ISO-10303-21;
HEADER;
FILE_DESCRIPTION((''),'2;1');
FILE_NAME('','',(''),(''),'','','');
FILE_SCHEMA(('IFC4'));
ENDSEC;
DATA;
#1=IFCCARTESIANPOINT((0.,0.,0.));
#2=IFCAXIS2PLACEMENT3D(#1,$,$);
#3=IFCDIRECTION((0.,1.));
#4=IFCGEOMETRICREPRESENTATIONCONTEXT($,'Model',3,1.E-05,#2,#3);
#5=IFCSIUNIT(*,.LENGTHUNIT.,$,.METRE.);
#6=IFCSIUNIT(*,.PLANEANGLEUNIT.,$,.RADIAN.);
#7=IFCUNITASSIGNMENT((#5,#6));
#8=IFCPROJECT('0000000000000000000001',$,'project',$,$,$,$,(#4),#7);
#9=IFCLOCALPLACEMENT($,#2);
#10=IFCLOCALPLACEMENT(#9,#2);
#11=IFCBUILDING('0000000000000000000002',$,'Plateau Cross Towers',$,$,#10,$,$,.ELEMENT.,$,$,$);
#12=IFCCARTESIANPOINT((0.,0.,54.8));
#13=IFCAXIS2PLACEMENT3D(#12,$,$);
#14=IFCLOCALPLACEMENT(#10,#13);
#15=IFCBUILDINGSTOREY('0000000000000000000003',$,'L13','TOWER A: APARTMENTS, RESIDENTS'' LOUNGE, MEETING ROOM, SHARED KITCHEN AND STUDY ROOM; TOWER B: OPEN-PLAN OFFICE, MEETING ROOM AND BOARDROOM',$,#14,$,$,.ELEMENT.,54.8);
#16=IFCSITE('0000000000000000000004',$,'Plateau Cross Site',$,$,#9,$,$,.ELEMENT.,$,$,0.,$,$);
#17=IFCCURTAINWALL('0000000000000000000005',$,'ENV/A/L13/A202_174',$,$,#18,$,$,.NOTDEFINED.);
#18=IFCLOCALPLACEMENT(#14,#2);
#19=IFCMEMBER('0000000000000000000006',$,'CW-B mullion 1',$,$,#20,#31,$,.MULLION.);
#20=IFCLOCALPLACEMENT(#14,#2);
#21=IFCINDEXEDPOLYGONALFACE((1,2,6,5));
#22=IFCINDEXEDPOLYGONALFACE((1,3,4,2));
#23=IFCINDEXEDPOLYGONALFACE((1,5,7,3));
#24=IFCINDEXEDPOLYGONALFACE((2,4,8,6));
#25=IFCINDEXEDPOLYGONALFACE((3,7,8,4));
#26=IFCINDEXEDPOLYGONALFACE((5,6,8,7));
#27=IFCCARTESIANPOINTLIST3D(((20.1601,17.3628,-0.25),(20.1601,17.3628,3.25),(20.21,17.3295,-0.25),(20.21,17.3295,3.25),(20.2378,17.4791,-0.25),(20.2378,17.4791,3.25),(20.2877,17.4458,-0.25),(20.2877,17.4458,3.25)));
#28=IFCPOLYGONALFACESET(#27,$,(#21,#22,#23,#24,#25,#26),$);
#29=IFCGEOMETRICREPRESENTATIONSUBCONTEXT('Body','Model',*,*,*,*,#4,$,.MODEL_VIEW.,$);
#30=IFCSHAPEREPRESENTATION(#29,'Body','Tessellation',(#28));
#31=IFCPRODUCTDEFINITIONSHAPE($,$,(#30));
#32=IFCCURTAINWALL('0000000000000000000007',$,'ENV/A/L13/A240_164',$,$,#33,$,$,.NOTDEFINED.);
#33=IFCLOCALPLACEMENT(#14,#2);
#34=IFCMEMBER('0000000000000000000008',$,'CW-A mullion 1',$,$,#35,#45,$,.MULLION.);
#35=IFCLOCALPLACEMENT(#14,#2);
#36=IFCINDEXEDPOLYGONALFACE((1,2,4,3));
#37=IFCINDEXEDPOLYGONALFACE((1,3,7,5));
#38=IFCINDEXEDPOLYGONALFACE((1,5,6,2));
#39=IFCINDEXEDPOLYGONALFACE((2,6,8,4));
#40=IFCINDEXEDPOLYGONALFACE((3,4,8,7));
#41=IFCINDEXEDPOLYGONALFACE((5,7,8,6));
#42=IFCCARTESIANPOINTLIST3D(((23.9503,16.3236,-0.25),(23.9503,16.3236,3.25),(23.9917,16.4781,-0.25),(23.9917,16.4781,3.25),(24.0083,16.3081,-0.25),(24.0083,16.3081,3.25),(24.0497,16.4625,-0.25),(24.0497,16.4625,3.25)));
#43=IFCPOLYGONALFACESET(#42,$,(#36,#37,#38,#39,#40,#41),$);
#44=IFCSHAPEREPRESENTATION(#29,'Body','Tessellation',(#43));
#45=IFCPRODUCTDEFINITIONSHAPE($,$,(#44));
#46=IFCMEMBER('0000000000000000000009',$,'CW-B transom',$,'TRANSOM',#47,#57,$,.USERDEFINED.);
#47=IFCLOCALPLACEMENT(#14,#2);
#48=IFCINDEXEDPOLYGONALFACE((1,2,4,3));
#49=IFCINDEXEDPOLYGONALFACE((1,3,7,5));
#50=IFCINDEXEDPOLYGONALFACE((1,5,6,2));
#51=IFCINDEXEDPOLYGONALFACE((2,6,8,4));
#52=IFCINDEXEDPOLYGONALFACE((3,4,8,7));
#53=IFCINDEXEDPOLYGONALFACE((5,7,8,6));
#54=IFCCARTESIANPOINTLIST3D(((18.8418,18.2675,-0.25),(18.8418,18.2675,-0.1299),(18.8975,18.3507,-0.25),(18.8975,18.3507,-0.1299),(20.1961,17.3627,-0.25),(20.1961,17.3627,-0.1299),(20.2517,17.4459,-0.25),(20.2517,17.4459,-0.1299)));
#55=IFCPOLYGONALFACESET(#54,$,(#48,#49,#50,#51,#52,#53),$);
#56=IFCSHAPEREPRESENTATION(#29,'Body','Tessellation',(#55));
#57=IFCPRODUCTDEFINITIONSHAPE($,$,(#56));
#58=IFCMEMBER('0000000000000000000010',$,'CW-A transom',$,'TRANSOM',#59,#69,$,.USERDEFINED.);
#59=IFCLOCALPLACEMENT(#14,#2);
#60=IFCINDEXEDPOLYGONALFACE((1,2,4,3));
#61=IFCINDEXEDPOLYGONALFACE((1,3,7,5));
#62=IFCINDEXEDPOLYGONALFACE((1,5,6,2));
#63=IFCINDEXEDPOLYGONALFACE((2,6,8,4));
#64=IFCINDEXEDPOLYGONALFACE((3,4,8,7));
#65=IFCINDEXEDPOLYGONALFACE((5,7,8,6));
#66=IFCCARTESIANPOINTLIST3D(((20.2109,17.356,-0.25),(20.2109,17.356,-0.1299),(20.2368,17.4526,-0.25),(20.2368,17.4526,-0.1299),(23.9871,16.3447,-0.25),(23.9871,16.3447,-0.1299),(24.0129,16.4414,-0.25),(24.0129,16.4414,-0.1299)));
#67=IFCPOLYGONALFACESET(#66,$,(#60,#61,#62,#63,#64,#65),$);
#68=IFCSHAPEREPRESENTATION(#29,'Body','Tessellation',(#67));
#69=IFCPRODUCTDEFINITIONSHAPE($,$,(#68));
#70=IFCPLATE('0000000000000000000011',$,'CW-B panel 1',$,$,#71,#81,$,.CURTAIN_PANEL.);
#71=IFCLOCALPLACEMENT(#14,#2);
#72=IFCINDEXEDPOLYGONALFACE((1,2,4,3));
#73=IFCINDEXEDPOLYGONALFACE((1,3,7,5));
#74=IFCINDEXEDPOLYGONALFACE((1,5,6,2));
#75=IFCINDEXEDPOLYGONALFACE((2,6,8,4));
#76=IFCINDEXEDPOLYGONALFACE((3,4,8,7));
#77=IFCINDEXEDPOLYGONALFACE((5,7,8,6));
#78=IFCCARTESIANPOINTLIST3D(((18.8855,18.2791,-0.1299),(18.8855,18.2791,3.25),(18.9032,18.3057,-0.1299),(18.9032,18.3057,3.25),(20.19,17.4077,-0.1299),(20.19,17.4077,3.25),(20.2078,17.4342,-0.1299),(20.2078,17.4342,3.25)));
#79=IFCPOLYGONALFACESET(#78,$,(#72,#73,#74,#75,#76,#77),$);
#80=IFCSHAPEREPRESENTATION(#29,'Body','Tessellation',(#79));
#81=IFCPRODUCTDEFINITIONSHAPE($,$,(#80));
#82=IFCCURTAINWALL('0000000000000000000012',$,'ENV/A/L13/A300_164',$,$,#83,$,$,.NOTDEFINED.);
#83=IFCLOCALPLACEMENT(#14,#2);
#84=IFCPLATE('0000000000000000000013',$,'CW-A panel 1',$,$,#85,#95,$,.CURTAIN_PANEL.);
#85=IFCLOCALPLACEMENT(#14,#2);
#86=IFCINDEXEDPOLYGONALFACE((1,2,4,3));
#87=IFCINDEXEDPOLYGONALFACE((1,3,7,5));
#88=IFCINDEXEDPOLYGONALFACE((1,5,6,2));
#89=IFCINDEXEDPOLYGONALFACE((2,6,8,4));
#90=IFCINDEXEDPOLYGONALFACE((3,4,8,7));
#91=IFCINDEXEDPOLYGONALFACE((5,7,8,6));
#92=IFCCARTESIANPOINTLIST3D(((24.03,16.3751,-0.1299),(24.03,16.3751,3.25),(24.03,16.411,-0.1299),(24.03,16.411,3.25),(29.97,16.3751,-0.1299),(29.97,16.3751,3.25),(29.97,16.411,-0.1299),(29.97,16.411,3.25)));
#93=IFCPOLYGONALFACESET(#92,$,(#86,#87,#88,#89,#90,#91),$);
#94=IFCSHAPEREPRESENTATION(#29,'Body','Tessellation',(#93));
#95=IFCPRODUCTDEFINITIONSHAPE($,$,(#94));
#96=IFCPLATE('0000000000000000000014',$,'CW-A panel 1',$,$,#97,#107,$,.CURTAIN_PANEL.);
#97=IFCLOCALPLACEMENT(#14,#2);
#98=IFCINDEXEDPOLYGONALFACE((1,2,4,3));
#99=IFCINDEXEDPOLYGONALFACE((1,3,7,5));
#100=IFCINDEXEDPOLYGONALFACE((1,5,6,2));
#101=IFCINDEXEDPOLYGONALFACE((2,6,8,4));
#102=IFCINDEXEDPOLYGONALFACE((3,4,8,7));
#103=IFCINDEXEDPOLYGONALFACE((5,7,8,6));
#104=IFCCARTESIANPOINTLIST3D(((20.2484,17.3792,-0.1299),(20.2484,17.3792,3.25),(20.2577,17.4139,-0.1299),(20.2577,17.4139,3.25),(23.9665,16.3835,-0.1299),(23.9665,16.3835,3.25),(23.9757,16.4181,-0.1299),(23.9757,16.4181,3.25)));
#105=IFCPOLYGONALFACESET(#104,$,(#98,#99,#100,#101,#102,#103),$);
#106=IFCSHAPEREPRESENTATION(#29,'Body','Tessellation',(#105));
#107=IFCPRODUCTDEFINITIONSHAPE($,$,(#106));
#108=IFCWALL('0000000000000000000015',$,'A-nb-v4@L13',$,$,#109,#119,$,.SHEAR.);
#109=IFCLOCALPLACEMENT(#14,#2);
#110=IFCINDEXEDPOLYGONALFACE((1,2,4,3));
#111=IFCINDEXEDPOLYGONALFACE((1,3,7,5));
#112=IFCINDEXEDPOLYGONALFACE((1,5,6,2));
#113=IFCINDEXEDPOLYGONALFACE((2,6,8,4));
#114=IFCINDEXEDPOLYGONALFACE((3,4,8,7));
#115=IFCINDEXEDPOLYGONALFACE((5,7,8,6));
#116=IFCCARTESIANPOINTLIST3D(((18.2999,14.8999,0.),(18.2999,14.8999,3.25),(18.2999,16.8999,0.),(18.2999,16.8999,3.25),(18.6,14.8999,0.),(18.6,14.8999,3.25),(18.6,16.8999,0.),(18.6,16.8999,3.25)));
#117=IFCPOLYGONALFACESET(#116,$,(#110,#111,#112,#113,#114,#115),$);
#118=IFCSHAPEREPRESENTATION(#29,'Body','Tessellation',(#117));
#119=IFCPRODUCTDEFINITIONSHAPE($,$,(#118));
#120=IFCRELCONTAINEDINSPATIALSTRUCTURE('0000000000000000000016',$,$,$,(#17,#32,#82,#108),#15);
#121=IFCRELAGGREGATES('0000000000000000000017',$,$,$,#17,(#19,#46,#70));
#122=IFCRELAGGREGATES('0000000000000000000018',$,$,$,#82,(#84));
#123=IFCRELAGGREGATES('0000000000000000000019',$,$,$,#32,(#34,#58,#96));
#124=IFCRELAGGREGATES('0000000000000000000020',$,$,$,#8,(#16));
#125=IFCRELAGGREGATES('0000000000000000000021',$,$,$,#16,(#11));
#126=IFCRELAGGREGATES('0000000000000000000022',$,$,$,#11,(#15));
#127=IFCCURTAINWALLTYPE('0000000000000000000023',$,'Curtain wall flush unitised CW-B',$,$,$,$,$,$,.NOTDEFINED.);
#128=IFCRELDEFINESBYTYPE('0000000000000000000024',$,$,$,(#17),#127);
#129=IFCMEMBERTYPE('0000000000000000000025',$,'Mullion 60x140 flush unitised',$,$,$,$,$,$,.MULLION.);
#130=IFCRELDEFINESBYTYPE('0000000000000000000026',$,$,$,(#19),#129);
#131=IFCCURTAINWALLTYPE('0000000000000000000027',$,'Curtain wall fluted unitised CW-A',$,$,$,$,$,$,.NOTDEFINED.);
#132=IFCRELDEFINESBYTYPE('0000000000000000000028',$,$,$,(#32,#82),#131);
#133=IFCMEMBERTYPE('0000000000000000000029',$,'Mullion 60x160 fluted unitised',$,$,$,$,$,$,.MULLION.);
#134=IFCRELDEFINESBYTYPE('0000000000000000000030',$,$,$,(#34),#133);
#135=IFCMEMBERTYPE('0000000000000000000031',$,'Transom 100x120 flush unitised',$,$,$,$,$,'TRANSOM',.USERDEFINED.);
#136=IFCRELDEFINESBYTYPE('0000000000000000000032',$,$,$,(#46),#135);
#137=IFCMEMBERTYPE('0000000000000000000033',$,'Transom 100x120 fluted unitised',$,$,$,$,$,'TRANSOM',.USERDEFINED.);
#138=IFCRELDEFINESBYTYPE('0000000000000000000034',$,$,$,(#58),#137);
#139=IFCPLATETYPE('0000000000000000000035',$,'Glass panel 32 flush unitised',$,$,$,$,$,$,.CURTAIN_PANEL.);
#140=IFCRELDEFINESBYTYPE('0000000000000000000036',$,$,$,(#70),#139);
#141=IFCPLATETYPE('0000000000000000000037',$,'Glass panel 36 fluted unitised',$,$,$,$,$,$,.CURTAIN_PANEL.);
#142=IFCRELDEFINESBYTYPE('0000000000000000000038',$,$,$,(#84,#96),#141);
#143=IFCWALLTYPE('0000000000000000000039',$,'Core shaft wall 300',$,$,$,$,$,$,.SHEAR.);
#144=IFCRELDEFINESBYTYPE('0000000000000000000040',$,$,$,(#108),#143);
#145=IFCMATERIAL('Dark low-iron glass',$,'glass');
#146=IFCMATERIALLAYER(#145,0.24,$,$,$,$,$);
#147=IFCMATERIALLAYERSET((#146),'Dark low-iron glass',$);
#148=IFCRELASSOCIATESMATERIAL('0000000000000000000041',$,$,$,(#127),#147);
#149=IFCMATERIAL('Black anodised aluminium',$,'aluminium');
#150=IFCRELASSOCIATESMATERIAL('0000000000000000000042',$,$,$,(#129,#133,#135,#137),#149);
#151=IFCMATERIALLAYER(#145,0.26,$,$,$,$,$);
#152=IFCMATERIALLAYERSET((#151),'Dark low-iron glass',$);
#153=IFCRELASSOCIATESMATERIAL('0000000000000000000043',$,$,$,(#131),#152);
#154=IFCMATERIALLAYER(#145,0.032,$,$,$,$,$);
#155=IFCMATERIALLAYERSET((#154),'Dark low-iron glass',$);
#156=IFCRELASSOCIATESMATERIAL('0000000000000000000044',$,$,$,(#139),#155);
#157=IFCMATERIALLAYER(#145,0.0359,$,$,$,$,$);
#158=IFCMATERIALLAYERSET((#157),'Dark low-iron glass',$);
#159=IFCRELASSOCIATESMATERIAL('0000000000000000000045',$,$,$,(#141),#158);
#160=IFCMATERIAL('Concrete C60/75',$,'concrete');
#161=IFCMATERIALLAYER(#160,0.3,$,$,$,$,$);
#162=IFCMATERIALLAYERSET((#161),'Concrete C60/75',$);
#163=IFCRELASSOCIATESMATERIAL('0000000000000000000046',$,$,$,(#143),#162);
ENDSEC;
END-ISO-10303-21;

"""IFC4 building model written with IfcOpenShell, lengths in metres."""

from ifc_helpers import new_model, si_unit, direction, frame, frame_2d, origin, origin_2d, place, context, subcontext, project, spatial, rectangle, extrude, material, layer, layer_set, material_profile, profile_set, type_object, element, aggregate, save


model = new_model("IFC4")

# Units and contexts
model_context = context("Model", 3, precision=1e-05, world=origin(), true_north=direction((0.0, 1.0)))
body_context = subcontext(model_context, "Body", "Model", "MODEL_VIEW")
ifc_project = project(units=[si_unit("LENGTHUNIT", "METRE"), si_unit("PLANEANGLEUNIT", "RADIAN")], contexts=[model_context])

# Site, building, storey
site_placement = place(None, origin())
site = spatial("IfcSite", under=ifc_project, at=site_placement, Name="Plateau Cross Site", CompositionType="ELEMENT", RefElevation=0.0)
building_placement = place(site_placement, origin())
building = spatial("IfcBuilding", under=site, at=building_placement, Name="Plateau Cross Towers", CompositionType="ELEMENT")
storey_placement = place(building_placement, frame((0.0, 0.0, 54.8)))
storey = spatial("IfcBuildingStorey", under=building, at=storey_placement, Name="L13", Description="TOWER A: APARTMENTS, RESIDENTS' LOUNGE, MEETING ROOM, SHARED KITCHEN AND STUDY ROOM; TOWER B: OPEN-PLAN OFFICE, MEETING ROOM AND BOARDROOM", CompositionType="ELEMENT", Elevation=54.8)

# Curtain walls, members
ifc_material_1 = material(Name="Dark low-iron glass", Category="glass")
ifc_layer_1 = layer(ifc_material_1, 0.24)
ifc_layer_set_1 = layer_set([ifc_layer_1], Name="Dark low-iron glass")
curtain_wall_type_1 = type_object("IfcCurtainWallType", Name="Curtain wall flush unitised CW-B", PredefinedType="NOTDEFINED", material=ifc_layer_set_1)
curtain_wall_1_placement = place(storey_placement, origin())
curtain_wall_1 = element("IfcCurtainWall", 1, at=curtain_wall_1_placement, inside=storey, type_object=curtain_wall_type_1, Name="ENV/A/L13/A202_174", PredefinedType="NOTDEFINED")
ifc_material_2 = material(Name="Black anodised aluminium", Category="aluminium")
ifc_material_profile_1 = material_profile(ifc_material_2, rectangle(XDim=0.0601, YDim=0.1399, at=origin_2d()), Name="MULLION 60x140")
ifc_profile_set_1 = profile_set([ifc_material_profile_1], Name="Black anodised aluminium")
member_type_1 = type_object("IfcMemberType", Name="Mullion 60x140 flush unitised", PredefinedType="MULLION", material=ifc_profile_set_1)
member_1_placement = place(storey_placement, frame((20.2239, 17.4043, -0.25), z_axis=(0.0, 0.0, 1.0), x_axis=(-0.831521, 0.555493, 0.0)))
member_1 = element("IfcMember", 2, at=member_1_placement, type_object=member_type_1, Name="CW-B mullion 1", PredefinedType="MULLION", context=body_context, shape_type="SweptSolid", body=[
    extrude(rectangle(XDim=0.0601, YDim=0.1399, at=origin_2d()), origin(), (0.0, 0.0, 1.0), 3.5),
])
ifc_layer_2 = layer(ifc_material_1, 0.26)
ifc_layer_set_2 = layer_set([ifc_layer_2], Name="Dark low-iron glass")
curtain_wall_type_2 = type_object("IfcCurtainWallType", Name="Curtain wall fluted unitised CW-A", PredefinedType="NOTDEFINED", material=ifc_layer_set_2)
curtain_wall_2_placement = place(storey_placement, origin())
curtain_wall_2 = element("IfcCurtainWall", 3, at=curtain_wall_2_placement, inside=storey, type_object=curtain_wall_type_2, Name="ENV/A/L13/A240_164", PredefinedType="NOTDEFINED")
ifc_material_profile_2 = material_profile(ifc_material_2, rectangle(XDim=0.0601, YDim=0.1599, at=origin_2d()), Name="MULLION 60x160")
ifc_profile_set_2 = profile_set([ifc_material_profile_2], Name="Black anodised aluminium")
member_type_2 = type_object("IfcMemberType", Name="Mullion 60x160 fluted unitised", PredefinedType="MULLION", material=ifc_profile_set_2)
member_2_placement = place(storey_placement, frame((24.0, 16.3931, -0.25), z_axis=(0.0, 0.0, 1.0), x_axis=(-0.965958, 0.258699, 0.0)))
member_2 = element("IfcMember", 4, at=member_2_placement, type_object=member_type_2, Name="CW-A mullion 1", PredefinedType="MULLION", context=body_context, shape_type="SweptSolid", body=[
    extrude(rectangle(XDim=0.0601, YDim=0.1599, at=origin_2d()), origin(), (0.0, 0.0, 1.0), 3.5),
])

# Members
ifc_material_profile_3 = material_profile(ifc_material_2, rectangle(XDim=0.1001, YDim=0.1201, at=origin_2d()), Name="TRANSOM 100x120")
ifc_profile_set_3 = profile_set([ifc_material_profile_3], Name="Black anodised aluminium")
member_type_3 = type_object("IfcMemberType", Name="Transom 100x120 flush unitised", ElementType="TRANSOM", PredefinedType="USERDEFINED", material=ifc_profile_set_3)
member_3_placement = place(storey_placement, frame((20.2239, 17.4043, -0.1899), z_axis=(-0.831496, 0.55553, 0.0), x_axis=(-0.55553, -0.831496, 0.0)))
member_3 = element("IfcMember", 5, at=member_3_placement, type_object=member_type_3, Name="CW-B transom", ObjectType="TRANSOM", PredefinedType="USERDEFINED", context=body_context, shape_type="SweptSolid", body=[
    extrude(rectangle(XDim=0.1001, YDim=0.1201, at=origin_2d()), origin(), (0.0, 0.0, 1.0), 1.6287),
])
ifc_material_profile_4 = material_profile(ifc_material_2, rectangle(XDim=0.1001, YDim=0.1201, at=origin_2d()), Name="TRANSOM 100x120")
ifc_profile_set_4 = profile_set([ifc_material_profile_4], Name="Black anodised aluminium")
member_type_4 = type_object("IfcMemberType", Name="Transom 100x120 fluted unitised", ElementType="TRANSOM", PredefinedType="USERDEFINED", material=ifc_profile_set_4)
member_4_placement = place(storey_placement, frame((24.0, 16.3931, -0.1899), z_axis=(-0.965963, 0.258681, 0.0), x_axis=(-0.258681, -0.965963, 0.0)))
member_4 = element("IfcMember", 6, at=member_4_placement, type_object=member_type_4, Name="CW-A transom", ObjectType="TRANSOM", PredefinedType="USERDEFINED", context=body_context, shape_type="SweptSolid", body=[
    extrude(rectangle(XDim=0.1001, YDim=0.1201, at=origin_2d()), origin(), (0.0, 0.0, 1.0), 3.9092),
])

# Plate
ifc_layer_3 = layer(ifc_material_1, 0.032)
ifc_layer_set_3 = layer_set([ifc_layer_3], Name="Dark low-iron glass")
plate_type_1 = type_object("IfcPlateType", Name="Glass panel 32 flush unitised", PredefinedType="CURTAIN_PANEL", material=ifc_layer_set_3)
plate_1_placement = place(storey_placement, frame((19.5466, 17.8567, -0.1299), z_axis=(0.0, 0.0, 1.0), x_axis=(-0.831521, 0.555493, 0.0)))
plate_1 = element("IfcPlate", 7, at=plate_1_placement, type_object=plate_type_1, Name="CW-B panel 1", PredefinedType="CURTAIN_PANEL", context=body_context, shape_type="SweptSolid", body=[
    extrude(rectangle(XDim=1.5688, YDim=0.032, at=origin_2d()), origin(), (0.0, 0.0, 1.0), 3.3799),
])
aggregate(curtain_wall_1, [member_1, member_3, plate_1])

# Curtain wall, plate
curtain_wall_3_placement = place(storey_placement, origin())
curtain_wall_3 = element("IfcCurtainWall", 8, at=curtain_wall_3_placement, inside=storey, type_object=curtain_wall_type_2, Name="ENV/A/L13/A300_164", PredefinedType="NOTDEFINED")
ifc_layer_4 = layer(ifc_material_1, 0.0359)
ifc_layer_set_4 = layer_set([ifc_layer_4], Name="Dark low-iron glass")
plate_type_2 = type_object("IfcPlateType", Name="Glass panel 36 fluted unitised", PredefinedType="CURTAIN_PANEL", material=ifc_layer_set_4)
plate_2_placement = place(storey_placement, frame((27.0, 16.3931, -0.1299), z_axis=(0.0, 0.0, 1.0), x_axis=(-1.0, 0.0, 0.0)))
plate_2 = element("IfcPlate", 9, at=plate_2_placement, type_object=plate_type_2, Name="CW-A panel 1", PredefinedType="CURTAIN_PANEL", context=body_context, shape_type="SweptSolid", body=[
    extrude(rectangle(XDim=5.9399, YDim=0.0359, at=origin_2d()), origin(), (0.0, 0.0, 1.0), 3.3799),
])
aggregate(curtain_wall_3, [plate_2])

# Plate
plate_3_placement = place(storey_placement, frame((22.1121, 16.8987, -0.1299), z_axis=(0.0, 0.0, 1.0), x_axis=(-0.965958, 0.258699, 0.0)))
plate_3 = element("IfcPlate", 10, at=plate_3_placement, type_object=plate_type_2, Name="CW-A panel 1", PredefinedType="CURTAIN_PANEL", context=body_context, shape_type="SweptSolid", body=[
    extrude(rectangle(XDim=3.8491, YDim=0.0359, at=origin_2d()), origin(), (0.0, 0.0, 1.0), 3.3799),
])
aggregate(curtain_wall_2, [member_2, member_4, plate_3])

# Wall
ifc_material_3 = material(Name="Concrete C60/75", Category="concrete")
ifc_layer_5 = layer(ifc_material_3, 0.3)
ifc_layer_set_5 = layer_set([ifc_layer_5], Name="Concrete C60/75")
wall_type = type_object("IfcWallType", Name="Core shaft wall 300", PredefinedType="SHEAR", material=ifc_layer_set_5)
wall_placement = place(storey_placement, frame((18.45, 14.8999, 0.0), z_axis=(0.0, 0.0, 1.0), x_axis=(0.0, 1.0, 0.0)))
element("IfcWall", 11, at=wall_placement, inside=storey, type_object=wall_type, Name="A-nb-v4@L13", PredefinedType="SHEAR", context=body_context, shape_type="SweptSolid", body=[
    extrude(rectangle(XDim=2.0, YDim=0.3, at=frame_2d((1.0, 0.0))), origin(), (0.0, 0.0, 1.0), 3.25),
])

save(model, "model.ifc")
